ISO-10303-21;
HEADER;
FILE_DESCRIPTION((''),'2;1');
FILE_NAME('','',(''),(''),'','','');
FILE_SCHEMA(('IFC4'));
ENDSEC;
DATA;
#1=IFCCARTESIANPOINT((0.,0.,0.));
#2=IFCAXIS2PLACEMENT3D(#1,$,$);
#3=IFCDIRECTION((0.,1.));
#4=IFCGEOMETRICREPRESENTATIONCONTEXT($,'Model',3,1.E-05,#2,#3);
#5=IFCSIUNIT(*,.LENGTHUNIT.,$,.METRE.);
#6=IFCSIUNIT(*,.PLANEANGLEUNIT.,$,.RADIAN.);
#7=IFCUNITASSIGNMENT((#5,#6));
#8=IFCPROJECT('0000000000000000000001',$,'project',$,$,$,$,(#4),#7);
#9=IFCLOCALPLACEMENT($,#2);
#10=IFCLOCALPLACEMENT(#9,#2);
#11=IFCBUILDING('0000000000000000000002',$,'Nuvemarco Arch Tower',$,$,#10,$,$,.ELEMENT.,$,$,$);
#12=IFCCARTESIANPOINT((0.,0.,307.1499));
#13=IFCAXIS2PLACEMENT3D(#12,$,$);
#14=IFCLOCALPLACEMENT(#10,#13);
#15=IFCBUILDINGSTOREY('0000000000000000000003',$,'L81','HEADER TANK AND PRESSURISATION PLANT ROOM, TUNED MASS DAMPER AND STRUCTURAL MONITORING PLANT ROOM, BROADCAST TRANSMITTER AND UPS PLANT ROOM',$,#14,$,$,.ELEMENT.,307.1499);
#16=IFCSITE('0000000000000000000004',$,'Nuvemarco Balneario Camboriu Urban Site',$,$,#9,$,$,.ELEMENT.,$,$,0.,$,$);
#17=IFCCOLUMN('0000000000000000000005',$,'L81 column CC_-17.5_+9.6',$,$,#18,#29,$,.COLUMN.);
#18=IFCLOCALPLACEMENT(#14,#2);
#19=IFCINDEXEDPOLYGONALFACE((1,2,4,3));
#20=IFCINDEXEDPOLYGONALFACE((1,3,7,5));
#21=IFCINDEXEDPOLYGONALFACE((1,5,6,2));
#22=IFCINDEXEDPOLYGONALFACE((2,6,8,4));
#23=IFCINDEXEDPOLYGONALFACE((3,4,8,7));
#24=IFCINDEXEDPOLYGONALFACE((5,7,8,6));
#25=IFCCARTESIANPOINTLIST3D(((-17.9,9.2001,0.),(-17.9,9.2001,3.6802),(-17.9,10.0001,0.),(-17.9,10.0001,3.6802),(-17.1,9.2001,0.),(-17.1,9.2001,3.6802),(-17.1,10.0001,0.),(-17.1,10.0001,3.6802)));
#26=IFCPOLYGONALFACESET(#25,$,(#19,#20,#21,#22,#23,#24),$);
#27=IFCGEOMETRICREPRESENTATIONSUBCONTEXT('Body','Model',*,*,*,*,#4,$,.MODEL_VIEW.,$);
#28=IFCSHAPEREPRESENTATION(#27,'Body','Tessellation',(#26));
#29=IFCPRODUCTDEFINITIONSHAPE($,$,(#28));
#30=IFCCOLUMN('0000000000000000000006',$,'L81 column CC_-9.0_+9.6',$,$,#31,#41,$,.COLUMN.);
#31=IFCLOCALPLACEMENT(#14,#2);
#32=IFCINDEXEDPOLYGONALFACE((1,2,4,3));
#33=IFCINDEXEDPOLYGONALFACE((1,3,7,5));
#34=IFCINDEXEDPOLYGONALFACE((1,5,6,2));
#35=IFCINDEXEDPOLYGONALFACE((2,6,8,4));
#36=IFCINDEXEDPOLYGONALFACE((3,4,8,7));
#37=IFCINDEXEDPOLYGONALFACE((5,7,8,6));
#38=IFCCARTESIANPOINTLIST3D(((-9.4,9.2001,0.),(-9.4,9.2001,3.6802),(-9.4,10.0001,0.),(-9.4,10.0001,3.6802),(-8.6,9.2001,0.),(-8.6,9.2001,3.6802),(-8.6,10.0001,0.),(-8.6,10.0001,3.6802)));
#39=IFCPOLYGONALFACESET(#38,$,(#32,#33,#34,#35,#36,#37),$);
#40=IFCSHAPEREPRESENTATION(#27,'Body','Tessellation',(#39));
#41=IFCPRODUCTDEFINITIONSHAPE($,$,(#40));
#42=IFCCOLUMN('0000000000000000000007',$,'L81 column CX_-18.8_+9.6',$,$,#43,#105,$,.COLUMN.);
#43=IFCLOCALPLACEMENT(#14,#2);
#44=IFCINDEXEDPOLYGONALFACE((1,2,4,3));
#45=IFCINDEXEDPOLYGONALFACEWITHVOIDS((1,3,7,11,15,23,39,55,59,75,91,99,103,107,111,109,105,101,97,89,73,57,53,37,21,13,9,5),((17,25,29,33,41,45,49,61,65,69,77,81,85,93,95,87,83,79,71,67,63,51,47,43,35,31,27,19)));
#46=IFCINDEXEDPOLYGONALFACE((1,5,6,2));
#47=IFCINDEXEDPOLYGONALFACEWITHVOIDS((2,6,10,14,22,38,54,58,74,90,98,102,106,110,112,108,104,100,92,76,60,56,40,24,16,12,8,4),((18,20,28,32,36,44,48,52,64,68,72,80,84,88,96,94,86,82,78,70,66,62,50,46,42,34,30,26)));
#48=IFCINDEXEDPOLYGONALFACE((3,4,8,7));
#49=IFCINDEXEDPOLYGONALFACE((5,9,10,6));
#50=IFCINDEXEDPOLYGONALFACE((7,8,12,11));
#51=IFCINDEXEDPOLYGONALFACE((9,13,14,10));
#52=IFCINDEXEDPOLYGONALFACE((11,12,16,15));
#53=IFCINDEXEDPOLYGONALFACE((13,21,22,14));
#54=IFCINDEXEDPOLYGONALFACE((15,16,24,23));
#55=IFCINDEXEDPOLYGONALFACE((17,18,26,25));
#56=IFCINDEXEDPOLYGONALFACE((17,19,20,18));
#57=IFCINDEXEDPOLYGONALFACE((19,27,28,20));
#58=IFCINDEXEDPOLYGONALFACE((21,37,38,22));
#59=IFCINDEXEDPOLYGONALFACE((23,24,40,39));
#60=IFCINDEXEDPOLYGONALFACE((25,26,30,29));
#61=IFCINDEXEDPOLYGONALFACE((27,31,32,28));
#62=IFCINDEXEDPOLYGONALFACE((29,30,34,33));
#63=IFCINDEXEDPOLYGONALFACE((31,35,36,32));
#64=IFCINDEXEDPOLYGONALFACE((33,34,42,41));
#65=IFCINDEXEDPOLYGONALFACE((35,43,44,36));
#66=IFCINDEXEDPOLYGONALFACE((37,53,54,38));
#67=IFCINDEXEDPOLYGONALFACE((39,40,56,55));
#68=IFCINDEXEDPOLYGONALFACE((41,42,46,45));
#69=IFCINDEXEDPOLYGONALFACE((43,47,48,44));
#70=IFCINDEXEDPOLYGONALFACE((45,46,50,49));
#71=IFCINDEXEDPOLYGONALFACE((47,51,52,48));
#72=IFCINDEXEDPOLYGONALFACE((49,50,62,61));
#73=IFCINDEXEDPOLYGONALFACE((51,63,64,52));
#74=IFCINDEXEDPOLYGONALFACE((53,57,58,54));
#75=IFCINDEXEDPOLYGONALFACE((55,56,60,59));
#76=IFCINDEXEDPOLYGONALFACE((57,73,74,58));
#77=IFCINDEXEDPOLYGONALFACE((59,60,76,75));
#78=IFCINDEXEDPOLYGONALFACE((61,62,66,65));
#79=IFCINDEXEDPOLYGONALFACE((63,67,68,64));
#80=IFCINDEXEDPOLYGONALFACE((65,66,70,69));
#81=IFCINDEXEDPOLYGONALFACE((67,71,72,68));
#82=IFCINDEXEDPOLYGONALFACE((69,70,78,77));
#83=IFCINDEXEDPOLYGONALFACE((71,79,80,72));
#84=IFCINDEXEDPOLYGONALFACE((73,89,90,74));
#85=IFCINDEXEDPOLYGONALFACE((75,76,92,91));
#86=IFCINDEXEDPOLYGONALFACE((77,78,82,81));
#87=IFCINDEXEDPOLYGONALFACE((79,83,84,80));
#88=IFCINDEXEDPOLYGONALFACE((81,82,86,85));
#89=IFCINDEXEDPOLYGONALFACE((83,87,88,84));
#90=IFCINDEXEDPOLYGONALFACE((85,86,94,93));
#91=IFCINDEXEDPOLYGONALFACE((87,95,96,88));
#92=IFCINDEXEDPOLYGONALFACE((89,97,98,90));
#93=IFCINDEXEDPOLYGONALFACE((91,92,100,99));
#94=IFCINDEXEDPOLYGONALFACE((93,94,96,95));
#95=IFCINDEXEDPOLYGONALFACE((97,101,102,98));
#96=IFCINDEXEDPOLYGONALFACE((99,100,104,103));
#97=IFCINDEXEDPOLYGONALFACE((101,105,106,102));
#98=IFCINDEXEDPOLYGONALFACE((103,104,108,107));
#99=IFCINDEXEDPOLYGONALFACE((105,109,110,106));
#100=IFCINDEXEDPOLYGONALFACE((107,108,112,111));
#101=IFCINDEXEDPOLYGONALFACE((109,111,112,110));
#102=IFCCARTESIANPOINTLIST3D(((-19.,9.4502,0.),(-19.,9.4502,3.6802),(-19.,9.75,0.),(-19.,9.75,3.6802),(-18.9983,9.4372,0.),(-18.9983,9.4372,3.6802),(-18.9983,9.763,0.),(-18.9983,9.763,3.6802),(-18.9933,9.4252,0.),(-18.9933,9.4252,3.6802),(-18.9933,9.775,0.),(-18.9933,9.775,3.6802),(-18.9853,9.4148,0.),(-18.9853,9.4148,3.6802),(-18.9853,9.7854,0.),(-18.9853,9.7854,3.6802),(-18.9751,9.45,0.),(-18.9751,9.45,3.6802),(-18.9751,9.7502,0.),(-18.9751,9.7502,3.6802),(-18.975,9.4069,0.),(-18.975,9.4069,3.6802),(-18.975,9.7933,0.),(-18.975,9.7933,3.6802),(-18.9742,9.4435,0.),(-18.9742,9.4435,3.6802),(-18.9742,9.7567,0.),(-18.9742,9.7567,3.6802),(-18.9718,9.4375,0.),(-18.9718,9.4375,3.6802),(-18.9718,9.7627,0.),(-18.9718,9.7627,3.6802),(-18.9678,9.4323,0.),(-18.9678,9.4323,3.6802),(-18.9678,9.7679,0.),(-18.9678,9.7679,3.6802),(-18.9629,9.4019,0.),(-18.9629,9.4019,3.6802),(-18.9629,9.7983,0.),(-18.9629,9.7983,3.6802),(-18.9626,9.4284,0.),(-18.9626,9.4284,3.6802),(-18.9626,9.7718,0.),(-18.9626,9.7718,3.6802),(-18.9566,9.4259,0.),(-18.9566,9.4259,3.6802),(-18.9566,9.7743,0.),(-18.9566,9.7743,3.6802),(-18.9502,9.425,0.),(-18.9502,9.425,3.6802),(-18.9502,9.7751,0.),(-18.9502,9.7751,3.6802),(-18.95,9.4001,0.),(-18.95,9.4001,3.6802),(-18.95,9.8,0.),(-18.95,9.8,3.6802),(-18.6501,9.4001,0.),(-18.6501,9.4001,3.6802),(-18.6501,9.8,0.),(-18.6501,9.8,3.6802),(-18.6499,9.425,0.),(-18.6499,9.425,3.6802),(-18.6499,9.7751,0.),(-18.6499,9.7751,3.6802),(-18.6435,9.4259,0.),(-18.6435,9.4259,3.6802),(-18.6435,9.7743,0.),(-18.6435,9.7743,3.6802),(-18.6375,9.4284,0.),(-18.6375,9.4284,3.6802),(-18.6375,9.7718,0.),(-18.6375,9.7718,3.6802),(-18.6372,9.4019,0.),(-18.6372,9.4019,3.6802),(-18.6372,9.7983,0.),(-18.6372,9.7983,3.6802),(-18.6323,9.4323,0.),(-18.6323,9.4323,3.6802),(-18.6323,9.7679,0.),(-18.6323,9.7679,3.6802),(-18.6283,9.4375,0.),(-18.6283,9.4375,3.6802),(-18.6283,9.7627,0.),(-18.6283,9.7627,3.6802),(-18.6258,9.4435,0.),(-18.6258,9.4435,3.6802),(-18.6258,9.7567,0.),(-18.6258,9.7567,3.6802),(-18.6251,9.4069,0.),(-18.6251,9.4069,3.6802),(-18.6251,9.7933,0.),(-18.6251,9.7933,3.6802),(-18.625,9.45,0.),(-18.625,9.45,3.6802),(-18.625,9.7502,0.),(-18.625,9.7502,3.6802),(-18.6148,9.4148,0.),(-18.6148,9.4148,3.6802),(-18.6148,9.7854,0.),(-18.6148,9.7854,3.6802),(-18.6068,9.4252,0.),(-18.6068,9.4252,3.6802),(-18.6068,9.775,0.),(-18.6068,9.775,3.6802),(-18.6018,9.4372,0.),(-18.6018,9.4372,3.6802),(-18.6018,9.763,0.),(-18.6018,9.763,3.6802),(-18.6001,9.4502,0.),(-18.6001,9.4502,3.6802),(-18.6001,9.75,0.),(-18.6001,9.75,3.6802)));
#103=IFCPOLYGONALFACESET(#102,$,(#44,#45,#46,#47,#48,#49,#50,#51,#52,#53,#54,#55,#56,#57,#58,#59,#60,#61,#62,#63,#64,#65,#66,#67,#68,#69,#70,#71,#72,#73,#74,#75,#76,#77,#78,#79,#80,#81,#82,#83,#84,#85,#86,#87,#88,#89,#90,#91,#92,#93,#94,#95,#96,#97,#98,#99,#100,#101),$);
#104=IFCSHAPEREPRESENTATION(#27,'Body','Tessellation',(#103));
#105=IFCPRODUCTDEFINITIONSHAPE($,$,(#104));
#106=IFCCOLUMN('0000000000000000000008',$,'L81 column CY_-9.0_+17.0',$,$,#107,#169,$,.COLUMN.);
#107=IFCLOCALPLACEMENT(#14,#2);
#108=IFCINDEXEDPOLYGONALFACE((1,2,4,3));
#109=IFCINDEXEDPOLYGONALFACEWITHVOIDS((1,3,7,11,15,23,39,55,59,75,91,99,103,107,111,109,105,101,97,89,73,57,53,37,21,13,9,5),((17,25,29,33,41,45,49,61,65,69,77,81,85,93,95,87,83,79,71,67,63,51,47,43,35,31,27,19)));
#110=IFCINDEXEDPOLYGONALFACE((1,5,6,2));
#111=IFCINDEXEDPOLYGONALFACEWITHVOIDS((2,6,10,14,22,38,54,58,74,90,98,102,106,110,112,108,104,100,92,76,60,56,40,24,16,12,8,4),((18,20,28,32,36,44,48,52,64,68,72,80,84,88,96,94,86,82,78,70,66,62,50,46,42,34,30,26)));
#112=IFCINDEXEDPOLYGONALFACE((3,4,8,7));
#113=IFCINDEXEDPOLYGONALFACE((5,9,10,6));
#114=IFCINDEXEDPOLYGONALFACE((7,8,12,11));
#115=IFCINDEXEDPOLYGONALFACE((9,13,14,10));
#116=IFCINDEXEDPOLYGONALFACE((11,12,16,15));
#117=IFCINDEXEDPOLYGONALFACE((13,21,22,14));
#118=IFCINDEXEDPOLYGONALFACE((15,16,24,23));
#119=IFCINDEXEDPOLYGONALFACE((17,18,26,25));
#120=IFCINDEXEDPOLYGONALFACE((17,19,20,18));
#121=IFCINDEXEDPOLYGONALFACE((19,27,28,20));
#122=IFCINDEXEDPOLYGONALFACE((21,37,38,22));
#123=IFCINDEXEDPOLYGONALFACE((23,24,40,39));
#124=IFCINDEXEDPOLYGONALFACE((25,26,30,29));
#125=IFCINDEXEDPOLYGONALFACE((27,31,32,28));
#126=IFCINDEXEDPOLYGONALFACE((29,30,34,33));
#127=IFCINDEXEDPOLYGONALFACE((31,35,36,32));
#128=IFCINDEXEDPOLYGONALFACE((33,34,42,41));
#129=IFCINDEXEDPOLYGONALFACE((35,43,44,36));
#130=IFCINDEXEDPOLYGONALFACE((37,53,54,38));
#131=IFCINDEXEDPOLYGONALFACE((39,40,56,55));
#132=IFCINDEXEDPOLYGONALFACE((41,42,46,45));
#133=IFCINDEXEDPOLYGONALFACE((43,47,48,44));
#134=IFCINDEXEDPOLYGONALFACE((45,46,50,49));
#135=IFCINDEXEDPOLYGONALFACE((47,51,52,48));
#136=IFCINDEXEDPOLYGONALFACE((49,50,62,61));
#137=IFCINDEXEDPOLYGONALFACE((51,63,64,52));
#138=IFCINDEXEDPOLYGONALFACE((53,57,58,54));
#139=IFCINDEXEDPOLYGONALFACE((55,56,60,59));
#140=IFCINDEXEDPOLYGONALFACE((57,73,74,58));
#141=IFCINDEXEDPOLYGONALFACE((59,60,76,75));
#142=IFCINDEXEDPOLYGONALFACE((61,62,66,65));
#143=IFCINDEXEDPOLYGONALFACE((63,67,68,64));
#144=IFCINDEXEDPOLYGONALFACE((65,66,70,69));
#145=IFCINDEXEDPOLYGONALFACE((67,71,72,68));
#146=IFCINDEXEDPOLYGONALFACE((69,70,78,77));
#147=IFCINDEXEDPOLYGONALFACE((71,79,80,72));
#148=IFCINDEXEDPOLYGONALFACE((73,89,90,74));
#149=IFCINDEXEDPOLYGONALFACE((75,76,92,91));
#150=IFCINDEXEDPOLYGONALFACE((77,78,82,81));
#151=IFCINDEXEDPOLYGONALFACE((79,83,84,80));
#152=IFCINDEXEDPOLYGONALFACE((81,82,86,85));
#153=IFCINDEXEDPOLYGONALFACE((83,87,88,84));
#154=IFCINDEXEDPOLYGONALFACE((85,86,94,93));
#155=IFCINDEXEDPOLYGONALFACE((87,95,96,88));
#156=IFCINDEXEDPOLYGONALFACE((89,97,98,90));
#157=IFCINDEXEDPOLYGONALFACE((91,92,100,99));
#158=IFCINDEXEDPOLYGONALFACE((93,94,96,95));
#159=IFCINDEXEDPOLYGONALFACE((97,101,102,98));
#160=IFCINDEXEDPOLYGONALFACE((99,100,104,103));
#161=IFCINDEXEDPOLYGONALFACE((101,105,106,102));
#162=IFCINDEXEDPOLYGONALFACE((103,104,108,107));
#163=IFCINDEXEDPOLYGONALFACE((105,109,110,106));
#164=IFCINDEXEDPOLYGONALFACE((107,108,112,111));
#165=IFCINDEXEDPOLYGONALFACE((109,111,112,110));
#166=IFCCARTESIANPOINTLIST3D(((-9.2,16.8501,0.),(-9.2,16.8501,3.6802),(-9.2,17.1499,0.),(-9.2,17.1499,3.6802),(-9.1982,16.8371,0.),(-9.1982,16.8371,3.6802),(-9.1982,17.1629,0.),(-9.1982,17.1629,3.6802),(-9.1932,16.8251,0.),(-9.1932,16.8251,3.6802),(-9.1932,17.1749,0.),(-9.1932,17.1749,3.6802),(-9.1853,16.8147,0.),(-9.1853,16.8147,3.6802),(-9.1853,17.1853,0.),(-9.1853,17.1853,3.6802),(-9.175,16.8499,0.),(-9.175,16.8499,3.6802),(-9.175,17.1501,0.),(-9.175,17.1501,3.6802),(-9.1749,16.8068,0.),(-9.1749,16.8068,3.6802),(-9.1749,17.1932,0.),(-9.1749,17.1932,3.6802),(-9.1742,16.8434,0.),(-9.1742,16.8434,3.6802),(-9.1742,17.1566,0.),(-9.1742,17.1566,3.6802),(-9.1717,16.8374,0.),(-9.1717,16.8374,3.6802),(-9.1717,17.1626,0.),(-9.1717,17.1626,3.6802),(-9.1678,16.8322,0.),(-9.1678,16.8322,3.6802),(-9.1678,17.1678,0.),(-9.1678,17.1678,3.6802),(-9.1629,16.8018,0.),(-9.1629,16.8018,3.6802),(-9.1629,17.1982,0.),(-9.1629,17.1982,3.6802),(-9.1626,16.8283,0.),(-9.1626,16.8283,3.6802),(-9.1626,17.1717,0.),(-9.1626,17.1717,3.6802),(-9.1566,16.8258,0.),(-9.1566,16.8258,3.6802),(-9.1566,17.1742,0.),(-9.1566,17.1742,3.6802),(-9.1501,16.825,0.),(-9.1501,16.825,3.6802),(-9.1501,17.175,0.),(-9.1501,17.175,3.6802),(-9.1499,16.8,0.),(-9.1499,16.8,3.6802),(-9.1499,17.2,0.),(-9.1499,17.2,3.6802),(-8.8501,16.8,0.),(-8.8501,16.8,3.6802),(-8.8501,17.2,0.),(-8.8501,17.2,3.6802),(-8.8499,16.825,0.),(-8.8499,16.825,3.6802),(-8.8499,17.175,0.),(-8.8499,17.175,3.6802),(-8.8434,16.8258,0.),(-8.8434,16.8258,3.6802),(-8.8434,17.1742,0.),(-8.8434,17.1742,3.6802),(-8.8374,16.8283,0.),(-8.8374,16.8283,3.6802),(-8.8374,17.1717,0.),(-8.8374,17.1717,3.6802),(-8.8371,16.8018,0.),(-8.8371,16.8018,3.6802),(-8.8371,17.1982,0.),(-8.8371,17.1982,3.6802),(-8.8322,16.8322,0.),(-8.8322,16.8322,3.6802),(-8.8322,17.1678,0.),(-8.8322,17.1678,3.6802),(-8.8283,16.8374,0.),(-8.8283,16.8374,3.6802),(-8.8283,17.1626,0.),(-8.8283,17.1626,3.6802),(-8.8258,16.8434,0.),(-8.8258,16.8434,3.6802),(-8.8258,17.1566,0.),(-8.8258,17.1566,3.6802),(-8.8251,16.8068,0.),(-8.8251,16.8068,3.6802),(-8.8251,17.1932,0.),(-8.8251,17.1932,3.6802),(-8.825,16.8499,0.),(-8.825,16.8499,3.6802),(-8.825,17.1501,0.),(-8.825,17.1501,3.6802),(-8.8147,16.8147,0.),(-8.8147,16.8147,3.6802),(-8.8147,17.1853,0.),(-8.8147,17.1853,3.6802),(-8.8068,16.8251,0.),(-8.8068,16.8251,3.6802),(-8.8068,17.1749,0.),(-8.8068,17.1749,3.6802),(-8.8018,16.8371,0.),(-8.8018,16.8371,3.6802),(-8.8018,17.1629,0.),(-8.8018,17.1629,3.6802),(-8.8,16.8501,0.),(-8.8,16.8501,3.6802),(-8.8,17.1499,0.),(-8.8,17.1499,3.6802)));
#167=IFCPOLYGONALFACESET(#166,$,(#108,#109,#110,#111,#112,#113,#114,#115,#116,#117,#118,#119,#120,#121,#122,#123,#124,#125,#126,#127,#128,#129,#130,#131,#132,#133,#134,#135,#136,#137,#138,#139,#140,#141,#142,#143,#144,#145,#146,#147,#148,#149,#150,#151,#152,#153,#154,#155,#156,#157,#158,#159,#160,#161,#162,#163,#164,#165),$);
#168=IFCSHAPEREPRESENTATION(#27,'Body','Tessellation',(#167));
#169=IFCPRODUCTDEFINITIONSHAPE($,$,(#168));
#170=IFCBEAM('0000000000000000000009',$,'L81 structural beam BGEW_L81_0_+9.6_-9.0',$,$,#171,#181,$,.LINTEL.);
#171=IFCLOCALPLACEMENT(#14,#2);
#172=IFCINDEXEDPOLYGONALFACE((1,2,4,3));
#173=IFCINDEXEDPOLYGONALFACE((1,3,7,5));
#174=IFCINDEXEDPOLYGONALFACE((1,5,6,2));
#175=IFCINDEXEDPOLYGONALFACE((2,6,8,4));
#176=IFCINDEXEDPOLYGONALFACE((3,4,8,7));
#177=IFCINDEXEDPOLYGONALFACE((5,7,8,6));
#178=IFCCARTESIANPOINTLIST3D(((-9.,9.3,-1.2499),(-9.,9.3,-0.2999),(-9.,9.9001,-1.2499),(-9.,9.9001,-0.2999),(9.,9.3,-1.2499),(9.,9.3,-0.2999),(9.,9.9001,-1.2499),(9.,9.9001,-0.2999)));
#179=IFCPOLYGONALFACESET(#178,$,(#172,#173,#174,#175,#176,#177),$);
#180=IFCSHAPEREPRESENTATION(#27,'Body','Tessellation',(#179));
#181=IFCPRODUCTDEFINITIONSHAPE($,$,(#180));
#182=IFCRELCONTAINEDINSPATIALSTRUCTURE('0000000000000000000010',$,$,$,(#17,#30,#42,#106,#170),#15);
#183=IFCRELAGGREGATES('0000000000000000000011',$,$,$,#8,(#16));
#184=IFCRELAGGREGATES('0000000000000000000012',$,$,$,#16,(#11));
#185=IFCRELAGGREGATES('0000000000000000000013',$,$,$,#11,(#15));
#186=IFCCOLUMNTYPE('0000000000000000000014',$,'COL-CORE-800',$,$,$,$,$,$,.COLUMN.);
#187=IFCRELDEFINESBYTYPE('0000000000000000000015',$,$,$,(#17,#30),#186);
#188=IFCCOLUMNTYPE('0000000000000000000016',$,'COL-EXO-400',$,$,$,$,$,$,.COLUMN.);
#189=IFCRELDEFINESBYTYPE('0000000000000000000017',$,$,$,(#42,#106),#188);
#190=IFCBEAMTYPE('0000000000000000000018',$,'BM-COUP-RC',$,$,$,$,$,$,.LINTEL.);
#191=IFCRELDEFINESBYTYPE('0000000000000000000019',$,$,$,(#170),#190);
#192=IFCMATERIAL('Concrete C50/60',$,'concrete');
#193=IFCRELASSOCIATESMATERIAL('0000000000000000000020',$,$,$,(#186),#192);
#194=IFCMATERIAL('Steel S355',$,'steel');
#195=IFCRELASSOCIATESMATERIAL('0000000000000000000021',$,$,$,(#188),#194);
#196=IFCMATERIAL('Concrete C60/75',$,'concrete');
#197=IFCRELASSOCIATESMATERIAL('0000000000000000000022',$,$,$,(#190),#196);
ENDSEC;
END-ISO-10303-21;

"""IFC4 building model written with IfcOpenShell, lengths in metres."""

from ifc_helpers import new_model, si_unit, direction, frame, origin, origin_2d, place, context, subcontext, project, spatial, rectangle, hollow_rectangle, extrude, material, material_profile, profile_set, type_object, element, save


model = new_model("IFC4")

# Units and contexts
model_context = context("Model", 3, precision=1e-05, world=origin(), true_north=direction((0.0, 1.0)))
body_context = subcontext(model_context, "Body", "Model", "MODEL_VIEW")
ifc_project = project(units=[si_unit("LENGTHUNIT", "METRE"), si_unit("PLANEANGLEUNIT", "RADIAN")], contexts=[model_context])

# Site, building, storey
site_placement = place(None, origin())
site = spatial("IfcSite", under=ifc_project, at=site_placement, Name="Nuvemarco Balneario Camboriu Urban Site", CompositionType="ELEMENT", RefElevation=0.0)
building_placement = place(site_placement, origin())
building = spatial("IfcBuilding", under=site, at=building_placement, Name="Nuvemarco Arch Tower", CompositionType="ELEMENT")
storey_placement = place(building_placement, frame((0.0, 0.0, 307.1499)))
storey = spatial("IfcBuildingStorey", under=building, at=storey_placement, Name="L81", Description="HEADER TANK AND PRESSURISATION PLANT ROOM, TUNED MASS DAMPER AND STRUCTURAL MONITORING PLANT ROOM, BROADCAST TRANSMITTER AND UPS PLANT ROOM", CompositionType="ELEMENT", Elevation=307.1499)

# Columns
ifc_material_1 = material(Name="Concrete C50/60", Category="concrete")
ifc_material_profile_1 = material_profile(ifc_material_1, rectangle(XDim=0.8, YDim=0.8, at=origin_2d()), Name="RC-COL-800x800")
ifc_profile_set_1 = profile_set([ifc_material_profile_1], Name="Concrete C50/60")
column_type_1 = type_object("IfcColumnType", Name="COL-CORE-800", PredefinedType="COLUMN", material=ifc_profile_set_1)
for number, where, z_axis, x_axis, name in (
    (1, (-17.5, 9.6001, 0.0), (0.0, 0.0, 1.0), (1.0, 0.0, 0.0), "L81 column CC_-17.5_+9.6"),
    (2, (-9.0, 9.6001, 0.0), (0.0, 0.0, 1.0), (1.0, 0.0, 0.0), "L81 column CC_-9.0_+9.6"),
):
    element("IfcColumn", number, at=place(storey_placement, frame(where, z_axis=z_axis, x_axis=x_axis)), inside=storey, type_object=column_type_1, Name=name, PredefinedType="COLUMN", context=body_context, shape_type="SweptSolid", body=[
        extrude(rectangle(XDim=0.8, YDim=0.8, at=origin_2d()), origin(), (0.0, 0.0, 1.0), 3.6802),
    ])
ifc_material_2 = material(Name="Steel S355", Category="steel")
ifc_material_profile_2 = material_profile(ifc_material_2, hollow_rectangle(XDim=0.3999, YDim=0.3999, WallThickness=0.0249, InnerFilletRadius=0.0249, OuterFilletRadius=0.05, at=origin_2d()), Name="SHS400x400x25")
ifc_profile_set_2 = profile_set([ifc_material_profile_2], Name="Steel S355")
column_type_2 = type_object("IfcColumnType", Name="COL-EXO-400", PredefinedType="COLUMN", material=ifc_profile_set_2)
for number, where, z_axis, x_axis, name in (
    (3, (-18.8, 9.6001, 0.0), (0.0, 0.0, 1.0), (1.0, 0.0, 0.0), "L81 column CX_-18.8_+9.6"),
    (4, (-9.0, 17.0, 0.0), (0.0, 0.0, 1.0), (1.0, 0.0, 0.0), "L81 column CY_-9.0_+17.0"),
):
    element("IfcColumn", number, at=place(storey_placement, frame(where, z_axis=z_axis, x_axis=x_axis)), inside=storey, type_object=column_type_2, Name=name, PredefinedType="COLUMN", context=body_context, shape_type="SweptSolid", body=[
        extrude(hollow_rectangle(XDim=0.3999, YDim=0.3999, WallThickness=0.0249, InnerFilletRadius=0.0249, OuterFilletRadius=0.05, at=origin_2d()), origin(), (0.0, 0.0, 1.0), 3.6802),
    ])

# Beam
ifc_material_3 = material(Name="Concrete C60/75", Category="concrete")
ifc_material_profile_3 = material_profile(ifc_material_3, rectangle(XDim=0.6001, YDim=0.95, at=origin_2d()), Name="RC-BM-600x950")
ifc_profile_set_3 = profile_set([ifc_material_profile_3], Name="Concrete C60/75")
beam_type_1 = type_object("IfcBeamType", Name="BM-COUP-RC", PredefinedType="LINTEL", material=ifc_profile_set_3)
beam_1_placement = place(storey_placement, frame((-9.0, 9.6001, -0.7749), z_axis=(1.0, 0.0, 0.0), x_axis=(0.0, 1.0, 0.0)))
element("IfcBeam", 5, at=beam_1_placement, inside=storey, type_object=beam_type_1, Name="L81 structural beam BGEW_L81_0_+9.6_-9.0", PredefinedType="LINTEL", context=body_context, shape_type="SweptSolid", body=[
    extrude(rectangle(XDim=0.6001, YDim=0.95, at=origin_2d()), origin(), (0.0, 0.0, 1.0), 18.0),
])

save(model, "model.ifc")
